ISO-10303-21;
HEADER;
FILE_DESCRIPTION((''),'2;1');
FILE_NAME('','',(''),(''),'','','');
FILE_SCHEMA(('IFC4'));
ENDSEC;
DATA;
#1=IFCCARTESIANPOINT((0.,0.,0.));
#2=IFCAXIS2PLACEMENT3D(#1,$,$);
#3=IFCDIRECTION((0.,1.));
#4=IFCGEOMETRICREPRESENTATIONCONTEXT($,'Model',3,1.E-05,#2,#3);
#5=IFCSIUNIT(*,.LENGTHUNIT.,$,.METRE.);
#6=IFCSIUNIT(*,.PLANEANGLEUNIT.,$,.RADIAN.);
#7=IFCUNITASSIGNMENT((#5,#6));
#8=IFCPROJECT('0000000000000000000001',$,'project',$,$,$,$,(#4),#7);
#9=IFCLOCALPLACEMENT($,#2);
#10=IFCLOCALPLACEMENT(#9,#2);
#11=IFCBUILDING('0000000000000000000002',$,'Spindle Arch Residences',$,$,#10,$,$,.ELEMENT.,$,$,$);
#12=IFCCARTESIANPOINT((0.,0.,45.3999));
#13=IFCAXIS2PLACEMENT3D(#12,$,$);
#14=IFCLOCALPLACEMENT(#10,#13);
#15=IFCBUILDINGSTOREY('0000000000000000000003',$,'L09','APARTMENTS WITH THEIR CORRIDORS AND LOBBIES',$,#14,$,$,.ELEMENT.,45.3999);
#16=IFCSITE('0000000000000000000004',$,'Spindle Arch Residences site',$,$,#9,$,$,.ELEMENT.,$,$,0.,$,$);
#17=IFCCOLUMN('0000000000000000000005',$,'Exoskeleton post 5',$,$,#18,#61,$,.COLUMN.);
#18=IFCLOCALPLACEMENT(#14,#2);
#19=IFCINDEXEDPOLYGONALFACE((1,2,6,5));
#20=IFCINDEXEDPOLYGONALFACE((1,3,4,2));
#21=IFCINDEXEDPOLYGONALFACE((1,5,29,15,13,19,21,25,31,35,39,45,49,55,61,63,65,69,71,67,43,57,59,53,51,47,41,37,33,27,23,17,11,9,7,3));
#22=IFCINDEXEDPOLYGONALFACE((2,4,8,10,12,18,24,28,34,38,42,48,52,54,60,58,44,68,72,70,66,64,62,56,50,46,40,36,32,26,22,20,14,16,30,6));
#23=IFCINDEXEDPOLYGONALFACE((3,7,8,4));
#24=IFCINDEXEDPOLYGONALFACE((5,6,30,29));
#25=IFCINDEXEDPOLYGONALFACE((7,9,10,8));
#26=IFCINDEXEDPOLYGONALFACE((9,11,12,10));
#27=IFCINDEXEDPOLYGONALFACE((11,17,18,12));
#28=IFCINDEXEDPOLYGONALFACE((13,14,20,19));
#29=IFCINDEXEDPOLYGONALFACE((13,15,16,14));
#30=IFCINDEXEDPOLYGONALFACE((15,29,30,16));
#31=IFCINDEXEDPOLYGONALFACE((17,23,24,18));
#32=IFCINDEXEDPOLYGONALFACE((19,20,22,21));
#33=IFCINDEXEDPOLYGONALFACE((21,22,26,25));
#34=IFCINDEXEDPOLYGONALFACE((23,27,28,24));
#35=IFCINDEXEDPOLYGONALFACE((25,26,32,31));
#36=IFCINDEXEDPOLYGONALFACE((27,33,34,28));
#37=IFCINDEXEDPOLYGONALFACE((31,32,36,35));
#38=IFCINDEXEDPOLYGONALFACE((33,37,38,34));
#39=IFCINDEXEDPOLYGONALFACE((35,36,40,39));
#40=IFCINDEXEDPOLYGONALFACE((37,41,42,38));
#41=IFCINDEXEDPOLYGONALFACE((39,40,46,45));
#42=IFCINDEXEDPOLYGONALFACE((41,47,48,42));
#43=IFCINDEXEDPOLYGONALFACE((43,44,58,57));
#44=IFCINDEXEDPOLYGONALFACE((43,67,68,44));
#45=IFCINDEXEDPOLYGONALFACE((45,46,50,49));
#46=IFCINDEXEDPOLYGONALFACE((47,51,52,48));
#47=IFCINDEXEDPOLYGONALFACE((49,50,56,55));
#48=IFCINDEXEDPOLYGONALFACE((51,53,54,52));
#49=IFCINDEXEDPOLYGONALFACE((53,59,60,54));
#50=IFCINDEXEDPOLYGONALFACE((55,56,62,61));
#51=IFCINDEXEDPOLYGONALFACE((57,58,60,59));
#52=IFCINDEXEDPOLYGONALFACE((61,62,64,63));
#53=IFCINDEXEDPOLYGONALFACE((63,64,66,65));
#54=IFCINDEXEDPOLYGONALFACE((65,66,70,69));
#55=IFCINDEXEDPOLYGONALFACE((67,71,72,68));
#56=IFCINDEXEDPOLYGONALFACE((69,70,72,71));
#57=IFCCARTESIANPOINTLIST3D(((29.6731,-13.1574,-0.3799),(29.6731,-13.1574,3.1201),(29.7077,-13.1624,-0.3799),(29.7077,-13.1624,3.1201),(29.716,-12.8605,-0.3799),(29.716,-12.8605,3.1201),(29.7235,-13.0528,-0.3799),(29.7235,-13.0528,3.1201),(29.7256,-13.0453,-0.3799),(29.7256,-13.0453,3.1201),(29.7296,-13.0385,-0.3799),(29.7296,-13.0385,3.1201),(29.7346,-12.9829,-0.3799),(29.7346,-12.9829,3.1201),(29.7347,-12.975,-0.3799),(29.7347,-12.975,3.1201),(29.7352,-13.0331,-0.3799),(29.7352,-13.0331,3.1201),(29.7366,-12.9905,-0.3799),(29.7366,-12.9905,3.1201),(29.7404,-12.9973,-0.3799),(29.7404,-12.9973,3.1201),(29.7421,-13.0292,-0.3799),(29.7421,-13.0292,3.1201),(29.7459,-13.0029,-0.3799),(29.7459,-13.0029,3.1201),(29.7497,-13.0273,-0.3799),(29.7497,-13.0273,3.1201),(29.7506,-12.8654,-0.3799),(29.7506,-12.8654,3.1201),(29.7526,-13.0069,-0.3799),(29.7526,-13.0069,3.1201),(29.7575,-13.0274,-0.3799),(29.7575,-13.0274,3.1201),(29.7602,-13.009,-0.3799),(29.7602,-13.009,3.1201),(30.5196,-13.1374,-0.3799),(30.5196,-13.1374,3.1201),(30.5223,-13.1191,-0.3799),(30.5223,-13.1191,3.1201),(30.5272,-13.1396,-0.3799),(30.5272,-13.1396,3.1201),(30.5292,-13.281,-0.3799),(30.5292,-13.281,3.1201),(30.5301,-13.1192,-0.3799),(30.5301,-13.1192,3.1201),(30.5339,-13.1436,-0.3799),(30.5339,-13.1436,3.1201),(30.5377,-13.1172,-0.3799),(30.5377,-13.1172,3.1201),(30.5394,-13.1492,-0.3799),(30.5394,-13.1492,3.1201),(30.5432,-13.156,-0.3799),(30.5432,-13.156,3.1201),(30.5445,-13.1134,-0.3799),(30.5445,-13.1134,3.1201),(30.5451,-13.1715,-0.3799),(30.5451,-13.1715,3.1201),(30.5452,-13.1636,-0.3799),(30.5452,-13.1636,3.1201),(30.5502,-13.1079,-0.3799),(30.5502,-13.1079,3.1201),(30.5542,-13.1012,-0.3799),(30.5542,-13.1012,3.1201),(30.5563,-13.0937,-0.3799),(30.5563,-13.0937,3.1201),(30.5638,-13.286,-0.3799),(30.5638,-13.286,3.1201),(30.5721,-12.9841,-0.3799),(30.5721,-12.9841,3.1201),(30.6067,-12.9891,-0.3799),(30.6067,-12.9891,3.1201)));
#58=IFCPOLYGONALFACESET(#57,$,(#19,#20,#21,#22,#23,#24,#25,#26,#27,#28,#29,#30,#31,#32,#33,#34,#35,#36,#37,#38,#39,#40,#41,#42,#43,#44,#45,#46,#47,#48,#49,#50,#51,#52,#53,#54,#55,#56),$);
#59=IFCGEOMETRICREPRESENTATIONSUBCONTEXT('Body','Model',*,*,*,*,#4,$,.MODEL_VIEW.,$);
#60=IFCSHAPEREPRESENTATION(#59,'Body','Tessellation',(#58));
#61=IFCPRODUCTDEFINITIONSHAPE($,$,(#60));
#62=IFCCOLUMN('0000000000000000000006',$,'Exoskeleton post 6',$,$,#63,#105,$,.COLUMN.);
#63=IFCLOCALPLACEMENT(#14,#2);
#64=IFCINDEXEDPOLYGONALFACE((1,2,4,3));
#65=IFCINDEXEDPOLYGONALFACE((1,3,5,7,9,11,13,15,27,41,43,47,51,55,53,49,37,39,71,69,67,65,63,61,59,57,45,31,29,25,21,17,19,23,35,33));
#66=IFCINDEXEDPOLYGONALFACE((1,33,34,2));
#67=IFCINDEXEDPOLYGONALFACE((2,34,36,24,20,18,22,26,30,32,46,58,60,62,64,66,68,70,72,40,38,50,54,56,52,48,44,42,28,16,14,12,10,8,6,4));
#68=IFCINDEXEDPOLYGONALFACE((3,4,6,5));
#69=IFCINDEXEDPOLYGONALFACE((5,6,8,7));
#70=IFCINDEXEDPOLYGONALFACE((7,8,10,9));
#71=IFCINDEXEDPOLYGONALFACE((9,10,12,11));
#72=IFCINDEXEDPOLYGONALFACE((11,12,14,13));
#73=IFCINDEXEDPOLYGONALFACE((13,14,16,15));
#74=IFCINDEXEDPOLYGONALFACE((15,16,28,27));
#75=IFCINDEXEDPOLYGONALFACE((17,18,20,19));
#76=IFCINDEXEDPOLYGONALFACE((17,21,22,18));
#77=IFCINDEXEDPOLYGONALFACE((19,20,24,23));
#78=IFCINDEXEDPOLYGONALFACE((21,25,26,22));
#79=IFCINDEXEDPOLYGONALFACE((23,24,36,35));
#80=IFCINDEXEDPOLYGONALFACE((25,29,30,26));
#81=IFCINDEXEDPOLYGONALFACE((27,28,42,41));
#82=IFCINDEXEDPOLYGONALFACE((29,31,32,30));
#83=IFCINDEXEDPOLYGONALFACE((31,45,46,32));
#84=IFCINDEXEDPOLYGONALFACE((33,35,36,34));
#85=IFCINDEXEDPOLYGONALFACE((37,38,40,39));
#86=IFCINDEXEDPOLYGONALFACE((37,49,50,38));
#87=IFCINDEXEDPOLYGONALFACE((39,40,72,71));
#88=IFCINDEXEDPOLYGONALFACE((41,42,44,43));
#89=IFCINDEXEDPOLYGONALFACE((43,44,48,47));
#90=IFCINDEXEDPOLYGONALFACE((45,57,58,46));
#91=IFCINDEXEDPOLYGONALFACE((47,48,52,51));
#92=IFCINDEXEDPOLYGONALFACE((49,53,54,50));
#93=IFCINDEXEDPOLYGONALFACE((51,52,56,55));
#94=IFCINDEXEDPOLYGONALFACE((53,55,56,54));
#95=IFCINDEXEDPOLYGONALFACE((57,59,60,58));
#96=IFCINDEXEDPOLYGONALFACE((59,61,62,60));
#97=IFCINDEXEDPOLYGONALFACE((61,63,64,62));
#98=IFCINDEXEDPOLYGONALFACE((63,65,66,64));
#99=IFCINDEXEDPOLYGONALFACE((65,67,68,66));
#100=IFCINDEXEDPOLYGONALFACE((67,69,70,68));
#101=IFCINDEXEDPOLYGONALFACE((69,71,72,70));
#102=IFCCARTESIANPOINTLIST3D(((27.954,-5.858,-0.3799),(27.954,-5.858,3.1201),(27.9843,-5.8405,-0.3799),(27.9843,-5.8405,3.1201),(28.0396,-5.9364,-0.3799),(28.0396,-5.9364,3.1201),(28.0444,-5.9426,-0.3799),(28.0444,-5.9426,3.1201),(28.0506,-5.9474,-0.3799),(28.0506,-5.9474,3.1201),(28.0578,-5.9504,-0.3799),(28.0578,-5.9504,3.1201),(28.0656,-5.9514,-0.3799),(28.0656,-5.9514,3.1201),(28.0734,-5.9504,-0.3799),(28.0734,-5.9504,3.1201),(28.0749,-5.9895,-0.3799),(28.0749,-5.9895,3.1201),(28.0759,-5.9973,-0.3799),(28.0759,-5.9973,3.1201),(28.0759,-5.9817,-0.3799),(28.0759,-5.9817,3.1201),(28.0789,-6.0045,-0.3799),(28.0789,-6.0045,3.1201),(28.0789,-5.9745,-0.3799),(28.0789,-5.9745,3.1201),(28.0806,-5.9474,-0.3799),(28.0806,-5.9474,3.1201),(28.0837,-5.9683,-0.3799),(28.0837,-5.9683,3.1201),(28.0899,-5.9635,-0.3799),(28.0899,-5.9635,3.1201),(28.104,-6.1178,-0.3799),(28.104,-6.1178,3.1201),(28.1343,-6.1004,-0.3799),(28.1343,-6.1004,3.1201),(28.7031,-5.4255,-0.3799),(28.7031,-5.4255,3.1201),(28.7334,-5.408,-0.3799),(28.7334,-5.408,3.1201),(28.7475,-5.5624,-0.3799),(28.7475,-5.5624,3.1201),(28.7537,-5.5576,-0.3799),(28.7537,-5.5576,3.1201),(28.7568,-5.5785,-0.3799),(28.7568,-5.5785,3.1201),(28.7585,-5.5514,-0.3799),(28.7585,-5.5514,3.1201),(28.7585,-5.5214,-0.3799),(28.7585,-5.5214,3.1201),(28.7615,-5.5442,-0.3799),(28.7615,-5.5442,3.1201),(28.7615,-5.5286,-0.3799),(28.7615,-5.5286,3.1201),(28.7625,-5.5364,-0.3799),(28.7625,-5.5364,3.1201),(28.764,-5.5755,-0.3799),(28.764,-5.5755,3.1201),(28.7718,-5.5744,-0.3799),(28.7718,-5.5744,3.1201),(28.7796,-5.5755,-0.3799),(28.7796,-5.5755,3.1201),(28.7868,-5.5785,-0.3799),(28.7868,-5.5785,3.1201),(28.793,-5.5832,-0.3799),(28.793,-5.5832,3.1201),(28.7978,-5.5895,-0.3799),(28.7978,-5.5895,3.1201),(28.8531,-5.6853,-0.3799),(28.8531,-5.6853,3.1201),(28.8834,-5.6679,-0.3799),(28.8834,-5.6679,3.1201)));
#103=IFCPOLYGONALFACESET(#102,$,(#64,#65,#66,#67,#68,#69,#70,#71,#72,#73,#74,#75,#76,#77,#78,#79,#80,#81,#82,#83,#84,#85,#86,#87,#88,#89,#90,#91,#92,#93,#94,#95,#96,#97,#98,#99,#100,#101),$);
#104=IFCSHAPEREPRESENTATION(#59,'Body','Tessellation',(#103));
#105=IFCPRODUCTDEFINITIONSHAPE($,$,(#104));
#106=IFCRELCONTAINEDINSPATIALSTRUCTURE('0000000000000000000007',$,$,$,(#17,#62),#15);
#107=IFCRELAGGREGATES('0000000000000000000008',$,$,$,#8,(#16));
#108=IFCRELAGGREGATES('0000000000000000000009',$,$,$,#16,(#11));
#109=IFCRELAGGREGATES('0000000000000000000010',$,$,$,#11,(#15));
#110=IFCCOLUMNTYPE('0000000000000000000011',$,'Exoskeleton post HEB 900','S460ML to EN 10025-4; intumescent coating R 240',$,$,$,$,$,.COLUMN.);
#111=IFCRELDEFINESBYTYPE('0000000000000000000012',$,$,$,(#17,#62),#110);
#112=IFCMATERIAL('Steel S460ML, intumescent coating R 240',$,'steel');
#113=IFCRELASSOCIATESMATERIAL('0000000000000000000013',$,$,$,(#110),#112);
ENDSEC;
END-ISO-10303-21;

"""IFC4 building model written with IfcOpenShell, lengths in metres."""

from ifc_helpers import new_model, si_unit, direction, frame, origin, origin_2d, place, context, subcontext, project, spatial, i_section, extrude, material, material_profile, profile_set, type_object, element, save


model = new_model("IFC4")

# Units and contexts
model_context = context("Model", 3, precision=1e-05, world=origin(), true_north=direction((0.0, 1.0)))
body_context = subcontext(model_context, "Body", "Model", "MODEL_VIEW")
ifc_project = project(units=[si_unit("LENGTHUNIT", "METRE"), si_unit("PLANEANGLEUNIT", "RADIAN")], contexts=[model_context])

# Site, building, storey
site_placement = place(None, origin())
site = spatial("IfcSite", under=ifc_project, at=site_placement, Name="Spindle Arch Residences site", CompositionType="ELEMENT", RefElevation=0.0)
building_placement = place(site_placement, origin())
building = spatial("IfcBuilding", under=site, at=building_placement, Name="Spindle Arch Residences", CompositionType="ELEMENT")
storey_placement = place(building_placement, frame((0.0, 0.0, 45.3999)))
storey = spatial("IfcBuildingStorey", under=building, at=storey_placement, Name="L09", Description="APARTMENTS WITH THEIR CORRIDORS AND LOBBIES", CompositionType="ELEMENT", Elevation=45.3999)

# Columns
ifc_material_1 = material(Name="Steel S460ML, intumescent coating R 240", Category="steel")
ifc_material_profile_1 = material_profile(ifc_material_1, i_section(OverallWidth=0.3, OverallDepth=0.8999, WebThickness=0.0186, FlangeThickness=0.0349, FilletRadius=0.03, at=origin_2d()), Name="HEB 900")
ifc_profile_set_1 = profile_set([ifc_material_profile_1], Name="Steel S460ML, intumescent coating R 240")
column_type_1 = type_object("IfcColumnType", Name="Exoskeleton post HEB 900", Description="S460ML to EN 10025-4; intumescent coating R 240", PredefinedType="COLUMN", material=ifc_profile_set_1)
for number, where, z_axis, x_axis, name in (
    (1, (30.1399, -13.0732, -0.3799), (0.0, 0.0, 1.0), (-0.142906, -0.989736, 0.0), "Exoskeleton post 5"),
    (2, (28.4187, -5.7629, -0.3799), (0.0, 0.0, 1.0), (0.5, -0.866025, 0.0), "Exoskeleton post 6"),
):
    element("IfcColumn", number, at=place(storey_placement, frame(where, z_axis=z_axis, x_axis=x_axis)), inside=storey, type_object=column_type_1, Name=name, PredefinedType="COLUMN", context=body_context, shape_type="SweptSolid", body=[
        extrude(i_section(OverallWidth=0.3, OverallDepth=0.8999, WebThickness=0.0186, FlangeThickness=0.0349, FilletRadius=0.03, at=origin_2d()), origin(), (0.0, 0.0, 1.0), 3.5),
    ])

save(model, "model.ifc")
